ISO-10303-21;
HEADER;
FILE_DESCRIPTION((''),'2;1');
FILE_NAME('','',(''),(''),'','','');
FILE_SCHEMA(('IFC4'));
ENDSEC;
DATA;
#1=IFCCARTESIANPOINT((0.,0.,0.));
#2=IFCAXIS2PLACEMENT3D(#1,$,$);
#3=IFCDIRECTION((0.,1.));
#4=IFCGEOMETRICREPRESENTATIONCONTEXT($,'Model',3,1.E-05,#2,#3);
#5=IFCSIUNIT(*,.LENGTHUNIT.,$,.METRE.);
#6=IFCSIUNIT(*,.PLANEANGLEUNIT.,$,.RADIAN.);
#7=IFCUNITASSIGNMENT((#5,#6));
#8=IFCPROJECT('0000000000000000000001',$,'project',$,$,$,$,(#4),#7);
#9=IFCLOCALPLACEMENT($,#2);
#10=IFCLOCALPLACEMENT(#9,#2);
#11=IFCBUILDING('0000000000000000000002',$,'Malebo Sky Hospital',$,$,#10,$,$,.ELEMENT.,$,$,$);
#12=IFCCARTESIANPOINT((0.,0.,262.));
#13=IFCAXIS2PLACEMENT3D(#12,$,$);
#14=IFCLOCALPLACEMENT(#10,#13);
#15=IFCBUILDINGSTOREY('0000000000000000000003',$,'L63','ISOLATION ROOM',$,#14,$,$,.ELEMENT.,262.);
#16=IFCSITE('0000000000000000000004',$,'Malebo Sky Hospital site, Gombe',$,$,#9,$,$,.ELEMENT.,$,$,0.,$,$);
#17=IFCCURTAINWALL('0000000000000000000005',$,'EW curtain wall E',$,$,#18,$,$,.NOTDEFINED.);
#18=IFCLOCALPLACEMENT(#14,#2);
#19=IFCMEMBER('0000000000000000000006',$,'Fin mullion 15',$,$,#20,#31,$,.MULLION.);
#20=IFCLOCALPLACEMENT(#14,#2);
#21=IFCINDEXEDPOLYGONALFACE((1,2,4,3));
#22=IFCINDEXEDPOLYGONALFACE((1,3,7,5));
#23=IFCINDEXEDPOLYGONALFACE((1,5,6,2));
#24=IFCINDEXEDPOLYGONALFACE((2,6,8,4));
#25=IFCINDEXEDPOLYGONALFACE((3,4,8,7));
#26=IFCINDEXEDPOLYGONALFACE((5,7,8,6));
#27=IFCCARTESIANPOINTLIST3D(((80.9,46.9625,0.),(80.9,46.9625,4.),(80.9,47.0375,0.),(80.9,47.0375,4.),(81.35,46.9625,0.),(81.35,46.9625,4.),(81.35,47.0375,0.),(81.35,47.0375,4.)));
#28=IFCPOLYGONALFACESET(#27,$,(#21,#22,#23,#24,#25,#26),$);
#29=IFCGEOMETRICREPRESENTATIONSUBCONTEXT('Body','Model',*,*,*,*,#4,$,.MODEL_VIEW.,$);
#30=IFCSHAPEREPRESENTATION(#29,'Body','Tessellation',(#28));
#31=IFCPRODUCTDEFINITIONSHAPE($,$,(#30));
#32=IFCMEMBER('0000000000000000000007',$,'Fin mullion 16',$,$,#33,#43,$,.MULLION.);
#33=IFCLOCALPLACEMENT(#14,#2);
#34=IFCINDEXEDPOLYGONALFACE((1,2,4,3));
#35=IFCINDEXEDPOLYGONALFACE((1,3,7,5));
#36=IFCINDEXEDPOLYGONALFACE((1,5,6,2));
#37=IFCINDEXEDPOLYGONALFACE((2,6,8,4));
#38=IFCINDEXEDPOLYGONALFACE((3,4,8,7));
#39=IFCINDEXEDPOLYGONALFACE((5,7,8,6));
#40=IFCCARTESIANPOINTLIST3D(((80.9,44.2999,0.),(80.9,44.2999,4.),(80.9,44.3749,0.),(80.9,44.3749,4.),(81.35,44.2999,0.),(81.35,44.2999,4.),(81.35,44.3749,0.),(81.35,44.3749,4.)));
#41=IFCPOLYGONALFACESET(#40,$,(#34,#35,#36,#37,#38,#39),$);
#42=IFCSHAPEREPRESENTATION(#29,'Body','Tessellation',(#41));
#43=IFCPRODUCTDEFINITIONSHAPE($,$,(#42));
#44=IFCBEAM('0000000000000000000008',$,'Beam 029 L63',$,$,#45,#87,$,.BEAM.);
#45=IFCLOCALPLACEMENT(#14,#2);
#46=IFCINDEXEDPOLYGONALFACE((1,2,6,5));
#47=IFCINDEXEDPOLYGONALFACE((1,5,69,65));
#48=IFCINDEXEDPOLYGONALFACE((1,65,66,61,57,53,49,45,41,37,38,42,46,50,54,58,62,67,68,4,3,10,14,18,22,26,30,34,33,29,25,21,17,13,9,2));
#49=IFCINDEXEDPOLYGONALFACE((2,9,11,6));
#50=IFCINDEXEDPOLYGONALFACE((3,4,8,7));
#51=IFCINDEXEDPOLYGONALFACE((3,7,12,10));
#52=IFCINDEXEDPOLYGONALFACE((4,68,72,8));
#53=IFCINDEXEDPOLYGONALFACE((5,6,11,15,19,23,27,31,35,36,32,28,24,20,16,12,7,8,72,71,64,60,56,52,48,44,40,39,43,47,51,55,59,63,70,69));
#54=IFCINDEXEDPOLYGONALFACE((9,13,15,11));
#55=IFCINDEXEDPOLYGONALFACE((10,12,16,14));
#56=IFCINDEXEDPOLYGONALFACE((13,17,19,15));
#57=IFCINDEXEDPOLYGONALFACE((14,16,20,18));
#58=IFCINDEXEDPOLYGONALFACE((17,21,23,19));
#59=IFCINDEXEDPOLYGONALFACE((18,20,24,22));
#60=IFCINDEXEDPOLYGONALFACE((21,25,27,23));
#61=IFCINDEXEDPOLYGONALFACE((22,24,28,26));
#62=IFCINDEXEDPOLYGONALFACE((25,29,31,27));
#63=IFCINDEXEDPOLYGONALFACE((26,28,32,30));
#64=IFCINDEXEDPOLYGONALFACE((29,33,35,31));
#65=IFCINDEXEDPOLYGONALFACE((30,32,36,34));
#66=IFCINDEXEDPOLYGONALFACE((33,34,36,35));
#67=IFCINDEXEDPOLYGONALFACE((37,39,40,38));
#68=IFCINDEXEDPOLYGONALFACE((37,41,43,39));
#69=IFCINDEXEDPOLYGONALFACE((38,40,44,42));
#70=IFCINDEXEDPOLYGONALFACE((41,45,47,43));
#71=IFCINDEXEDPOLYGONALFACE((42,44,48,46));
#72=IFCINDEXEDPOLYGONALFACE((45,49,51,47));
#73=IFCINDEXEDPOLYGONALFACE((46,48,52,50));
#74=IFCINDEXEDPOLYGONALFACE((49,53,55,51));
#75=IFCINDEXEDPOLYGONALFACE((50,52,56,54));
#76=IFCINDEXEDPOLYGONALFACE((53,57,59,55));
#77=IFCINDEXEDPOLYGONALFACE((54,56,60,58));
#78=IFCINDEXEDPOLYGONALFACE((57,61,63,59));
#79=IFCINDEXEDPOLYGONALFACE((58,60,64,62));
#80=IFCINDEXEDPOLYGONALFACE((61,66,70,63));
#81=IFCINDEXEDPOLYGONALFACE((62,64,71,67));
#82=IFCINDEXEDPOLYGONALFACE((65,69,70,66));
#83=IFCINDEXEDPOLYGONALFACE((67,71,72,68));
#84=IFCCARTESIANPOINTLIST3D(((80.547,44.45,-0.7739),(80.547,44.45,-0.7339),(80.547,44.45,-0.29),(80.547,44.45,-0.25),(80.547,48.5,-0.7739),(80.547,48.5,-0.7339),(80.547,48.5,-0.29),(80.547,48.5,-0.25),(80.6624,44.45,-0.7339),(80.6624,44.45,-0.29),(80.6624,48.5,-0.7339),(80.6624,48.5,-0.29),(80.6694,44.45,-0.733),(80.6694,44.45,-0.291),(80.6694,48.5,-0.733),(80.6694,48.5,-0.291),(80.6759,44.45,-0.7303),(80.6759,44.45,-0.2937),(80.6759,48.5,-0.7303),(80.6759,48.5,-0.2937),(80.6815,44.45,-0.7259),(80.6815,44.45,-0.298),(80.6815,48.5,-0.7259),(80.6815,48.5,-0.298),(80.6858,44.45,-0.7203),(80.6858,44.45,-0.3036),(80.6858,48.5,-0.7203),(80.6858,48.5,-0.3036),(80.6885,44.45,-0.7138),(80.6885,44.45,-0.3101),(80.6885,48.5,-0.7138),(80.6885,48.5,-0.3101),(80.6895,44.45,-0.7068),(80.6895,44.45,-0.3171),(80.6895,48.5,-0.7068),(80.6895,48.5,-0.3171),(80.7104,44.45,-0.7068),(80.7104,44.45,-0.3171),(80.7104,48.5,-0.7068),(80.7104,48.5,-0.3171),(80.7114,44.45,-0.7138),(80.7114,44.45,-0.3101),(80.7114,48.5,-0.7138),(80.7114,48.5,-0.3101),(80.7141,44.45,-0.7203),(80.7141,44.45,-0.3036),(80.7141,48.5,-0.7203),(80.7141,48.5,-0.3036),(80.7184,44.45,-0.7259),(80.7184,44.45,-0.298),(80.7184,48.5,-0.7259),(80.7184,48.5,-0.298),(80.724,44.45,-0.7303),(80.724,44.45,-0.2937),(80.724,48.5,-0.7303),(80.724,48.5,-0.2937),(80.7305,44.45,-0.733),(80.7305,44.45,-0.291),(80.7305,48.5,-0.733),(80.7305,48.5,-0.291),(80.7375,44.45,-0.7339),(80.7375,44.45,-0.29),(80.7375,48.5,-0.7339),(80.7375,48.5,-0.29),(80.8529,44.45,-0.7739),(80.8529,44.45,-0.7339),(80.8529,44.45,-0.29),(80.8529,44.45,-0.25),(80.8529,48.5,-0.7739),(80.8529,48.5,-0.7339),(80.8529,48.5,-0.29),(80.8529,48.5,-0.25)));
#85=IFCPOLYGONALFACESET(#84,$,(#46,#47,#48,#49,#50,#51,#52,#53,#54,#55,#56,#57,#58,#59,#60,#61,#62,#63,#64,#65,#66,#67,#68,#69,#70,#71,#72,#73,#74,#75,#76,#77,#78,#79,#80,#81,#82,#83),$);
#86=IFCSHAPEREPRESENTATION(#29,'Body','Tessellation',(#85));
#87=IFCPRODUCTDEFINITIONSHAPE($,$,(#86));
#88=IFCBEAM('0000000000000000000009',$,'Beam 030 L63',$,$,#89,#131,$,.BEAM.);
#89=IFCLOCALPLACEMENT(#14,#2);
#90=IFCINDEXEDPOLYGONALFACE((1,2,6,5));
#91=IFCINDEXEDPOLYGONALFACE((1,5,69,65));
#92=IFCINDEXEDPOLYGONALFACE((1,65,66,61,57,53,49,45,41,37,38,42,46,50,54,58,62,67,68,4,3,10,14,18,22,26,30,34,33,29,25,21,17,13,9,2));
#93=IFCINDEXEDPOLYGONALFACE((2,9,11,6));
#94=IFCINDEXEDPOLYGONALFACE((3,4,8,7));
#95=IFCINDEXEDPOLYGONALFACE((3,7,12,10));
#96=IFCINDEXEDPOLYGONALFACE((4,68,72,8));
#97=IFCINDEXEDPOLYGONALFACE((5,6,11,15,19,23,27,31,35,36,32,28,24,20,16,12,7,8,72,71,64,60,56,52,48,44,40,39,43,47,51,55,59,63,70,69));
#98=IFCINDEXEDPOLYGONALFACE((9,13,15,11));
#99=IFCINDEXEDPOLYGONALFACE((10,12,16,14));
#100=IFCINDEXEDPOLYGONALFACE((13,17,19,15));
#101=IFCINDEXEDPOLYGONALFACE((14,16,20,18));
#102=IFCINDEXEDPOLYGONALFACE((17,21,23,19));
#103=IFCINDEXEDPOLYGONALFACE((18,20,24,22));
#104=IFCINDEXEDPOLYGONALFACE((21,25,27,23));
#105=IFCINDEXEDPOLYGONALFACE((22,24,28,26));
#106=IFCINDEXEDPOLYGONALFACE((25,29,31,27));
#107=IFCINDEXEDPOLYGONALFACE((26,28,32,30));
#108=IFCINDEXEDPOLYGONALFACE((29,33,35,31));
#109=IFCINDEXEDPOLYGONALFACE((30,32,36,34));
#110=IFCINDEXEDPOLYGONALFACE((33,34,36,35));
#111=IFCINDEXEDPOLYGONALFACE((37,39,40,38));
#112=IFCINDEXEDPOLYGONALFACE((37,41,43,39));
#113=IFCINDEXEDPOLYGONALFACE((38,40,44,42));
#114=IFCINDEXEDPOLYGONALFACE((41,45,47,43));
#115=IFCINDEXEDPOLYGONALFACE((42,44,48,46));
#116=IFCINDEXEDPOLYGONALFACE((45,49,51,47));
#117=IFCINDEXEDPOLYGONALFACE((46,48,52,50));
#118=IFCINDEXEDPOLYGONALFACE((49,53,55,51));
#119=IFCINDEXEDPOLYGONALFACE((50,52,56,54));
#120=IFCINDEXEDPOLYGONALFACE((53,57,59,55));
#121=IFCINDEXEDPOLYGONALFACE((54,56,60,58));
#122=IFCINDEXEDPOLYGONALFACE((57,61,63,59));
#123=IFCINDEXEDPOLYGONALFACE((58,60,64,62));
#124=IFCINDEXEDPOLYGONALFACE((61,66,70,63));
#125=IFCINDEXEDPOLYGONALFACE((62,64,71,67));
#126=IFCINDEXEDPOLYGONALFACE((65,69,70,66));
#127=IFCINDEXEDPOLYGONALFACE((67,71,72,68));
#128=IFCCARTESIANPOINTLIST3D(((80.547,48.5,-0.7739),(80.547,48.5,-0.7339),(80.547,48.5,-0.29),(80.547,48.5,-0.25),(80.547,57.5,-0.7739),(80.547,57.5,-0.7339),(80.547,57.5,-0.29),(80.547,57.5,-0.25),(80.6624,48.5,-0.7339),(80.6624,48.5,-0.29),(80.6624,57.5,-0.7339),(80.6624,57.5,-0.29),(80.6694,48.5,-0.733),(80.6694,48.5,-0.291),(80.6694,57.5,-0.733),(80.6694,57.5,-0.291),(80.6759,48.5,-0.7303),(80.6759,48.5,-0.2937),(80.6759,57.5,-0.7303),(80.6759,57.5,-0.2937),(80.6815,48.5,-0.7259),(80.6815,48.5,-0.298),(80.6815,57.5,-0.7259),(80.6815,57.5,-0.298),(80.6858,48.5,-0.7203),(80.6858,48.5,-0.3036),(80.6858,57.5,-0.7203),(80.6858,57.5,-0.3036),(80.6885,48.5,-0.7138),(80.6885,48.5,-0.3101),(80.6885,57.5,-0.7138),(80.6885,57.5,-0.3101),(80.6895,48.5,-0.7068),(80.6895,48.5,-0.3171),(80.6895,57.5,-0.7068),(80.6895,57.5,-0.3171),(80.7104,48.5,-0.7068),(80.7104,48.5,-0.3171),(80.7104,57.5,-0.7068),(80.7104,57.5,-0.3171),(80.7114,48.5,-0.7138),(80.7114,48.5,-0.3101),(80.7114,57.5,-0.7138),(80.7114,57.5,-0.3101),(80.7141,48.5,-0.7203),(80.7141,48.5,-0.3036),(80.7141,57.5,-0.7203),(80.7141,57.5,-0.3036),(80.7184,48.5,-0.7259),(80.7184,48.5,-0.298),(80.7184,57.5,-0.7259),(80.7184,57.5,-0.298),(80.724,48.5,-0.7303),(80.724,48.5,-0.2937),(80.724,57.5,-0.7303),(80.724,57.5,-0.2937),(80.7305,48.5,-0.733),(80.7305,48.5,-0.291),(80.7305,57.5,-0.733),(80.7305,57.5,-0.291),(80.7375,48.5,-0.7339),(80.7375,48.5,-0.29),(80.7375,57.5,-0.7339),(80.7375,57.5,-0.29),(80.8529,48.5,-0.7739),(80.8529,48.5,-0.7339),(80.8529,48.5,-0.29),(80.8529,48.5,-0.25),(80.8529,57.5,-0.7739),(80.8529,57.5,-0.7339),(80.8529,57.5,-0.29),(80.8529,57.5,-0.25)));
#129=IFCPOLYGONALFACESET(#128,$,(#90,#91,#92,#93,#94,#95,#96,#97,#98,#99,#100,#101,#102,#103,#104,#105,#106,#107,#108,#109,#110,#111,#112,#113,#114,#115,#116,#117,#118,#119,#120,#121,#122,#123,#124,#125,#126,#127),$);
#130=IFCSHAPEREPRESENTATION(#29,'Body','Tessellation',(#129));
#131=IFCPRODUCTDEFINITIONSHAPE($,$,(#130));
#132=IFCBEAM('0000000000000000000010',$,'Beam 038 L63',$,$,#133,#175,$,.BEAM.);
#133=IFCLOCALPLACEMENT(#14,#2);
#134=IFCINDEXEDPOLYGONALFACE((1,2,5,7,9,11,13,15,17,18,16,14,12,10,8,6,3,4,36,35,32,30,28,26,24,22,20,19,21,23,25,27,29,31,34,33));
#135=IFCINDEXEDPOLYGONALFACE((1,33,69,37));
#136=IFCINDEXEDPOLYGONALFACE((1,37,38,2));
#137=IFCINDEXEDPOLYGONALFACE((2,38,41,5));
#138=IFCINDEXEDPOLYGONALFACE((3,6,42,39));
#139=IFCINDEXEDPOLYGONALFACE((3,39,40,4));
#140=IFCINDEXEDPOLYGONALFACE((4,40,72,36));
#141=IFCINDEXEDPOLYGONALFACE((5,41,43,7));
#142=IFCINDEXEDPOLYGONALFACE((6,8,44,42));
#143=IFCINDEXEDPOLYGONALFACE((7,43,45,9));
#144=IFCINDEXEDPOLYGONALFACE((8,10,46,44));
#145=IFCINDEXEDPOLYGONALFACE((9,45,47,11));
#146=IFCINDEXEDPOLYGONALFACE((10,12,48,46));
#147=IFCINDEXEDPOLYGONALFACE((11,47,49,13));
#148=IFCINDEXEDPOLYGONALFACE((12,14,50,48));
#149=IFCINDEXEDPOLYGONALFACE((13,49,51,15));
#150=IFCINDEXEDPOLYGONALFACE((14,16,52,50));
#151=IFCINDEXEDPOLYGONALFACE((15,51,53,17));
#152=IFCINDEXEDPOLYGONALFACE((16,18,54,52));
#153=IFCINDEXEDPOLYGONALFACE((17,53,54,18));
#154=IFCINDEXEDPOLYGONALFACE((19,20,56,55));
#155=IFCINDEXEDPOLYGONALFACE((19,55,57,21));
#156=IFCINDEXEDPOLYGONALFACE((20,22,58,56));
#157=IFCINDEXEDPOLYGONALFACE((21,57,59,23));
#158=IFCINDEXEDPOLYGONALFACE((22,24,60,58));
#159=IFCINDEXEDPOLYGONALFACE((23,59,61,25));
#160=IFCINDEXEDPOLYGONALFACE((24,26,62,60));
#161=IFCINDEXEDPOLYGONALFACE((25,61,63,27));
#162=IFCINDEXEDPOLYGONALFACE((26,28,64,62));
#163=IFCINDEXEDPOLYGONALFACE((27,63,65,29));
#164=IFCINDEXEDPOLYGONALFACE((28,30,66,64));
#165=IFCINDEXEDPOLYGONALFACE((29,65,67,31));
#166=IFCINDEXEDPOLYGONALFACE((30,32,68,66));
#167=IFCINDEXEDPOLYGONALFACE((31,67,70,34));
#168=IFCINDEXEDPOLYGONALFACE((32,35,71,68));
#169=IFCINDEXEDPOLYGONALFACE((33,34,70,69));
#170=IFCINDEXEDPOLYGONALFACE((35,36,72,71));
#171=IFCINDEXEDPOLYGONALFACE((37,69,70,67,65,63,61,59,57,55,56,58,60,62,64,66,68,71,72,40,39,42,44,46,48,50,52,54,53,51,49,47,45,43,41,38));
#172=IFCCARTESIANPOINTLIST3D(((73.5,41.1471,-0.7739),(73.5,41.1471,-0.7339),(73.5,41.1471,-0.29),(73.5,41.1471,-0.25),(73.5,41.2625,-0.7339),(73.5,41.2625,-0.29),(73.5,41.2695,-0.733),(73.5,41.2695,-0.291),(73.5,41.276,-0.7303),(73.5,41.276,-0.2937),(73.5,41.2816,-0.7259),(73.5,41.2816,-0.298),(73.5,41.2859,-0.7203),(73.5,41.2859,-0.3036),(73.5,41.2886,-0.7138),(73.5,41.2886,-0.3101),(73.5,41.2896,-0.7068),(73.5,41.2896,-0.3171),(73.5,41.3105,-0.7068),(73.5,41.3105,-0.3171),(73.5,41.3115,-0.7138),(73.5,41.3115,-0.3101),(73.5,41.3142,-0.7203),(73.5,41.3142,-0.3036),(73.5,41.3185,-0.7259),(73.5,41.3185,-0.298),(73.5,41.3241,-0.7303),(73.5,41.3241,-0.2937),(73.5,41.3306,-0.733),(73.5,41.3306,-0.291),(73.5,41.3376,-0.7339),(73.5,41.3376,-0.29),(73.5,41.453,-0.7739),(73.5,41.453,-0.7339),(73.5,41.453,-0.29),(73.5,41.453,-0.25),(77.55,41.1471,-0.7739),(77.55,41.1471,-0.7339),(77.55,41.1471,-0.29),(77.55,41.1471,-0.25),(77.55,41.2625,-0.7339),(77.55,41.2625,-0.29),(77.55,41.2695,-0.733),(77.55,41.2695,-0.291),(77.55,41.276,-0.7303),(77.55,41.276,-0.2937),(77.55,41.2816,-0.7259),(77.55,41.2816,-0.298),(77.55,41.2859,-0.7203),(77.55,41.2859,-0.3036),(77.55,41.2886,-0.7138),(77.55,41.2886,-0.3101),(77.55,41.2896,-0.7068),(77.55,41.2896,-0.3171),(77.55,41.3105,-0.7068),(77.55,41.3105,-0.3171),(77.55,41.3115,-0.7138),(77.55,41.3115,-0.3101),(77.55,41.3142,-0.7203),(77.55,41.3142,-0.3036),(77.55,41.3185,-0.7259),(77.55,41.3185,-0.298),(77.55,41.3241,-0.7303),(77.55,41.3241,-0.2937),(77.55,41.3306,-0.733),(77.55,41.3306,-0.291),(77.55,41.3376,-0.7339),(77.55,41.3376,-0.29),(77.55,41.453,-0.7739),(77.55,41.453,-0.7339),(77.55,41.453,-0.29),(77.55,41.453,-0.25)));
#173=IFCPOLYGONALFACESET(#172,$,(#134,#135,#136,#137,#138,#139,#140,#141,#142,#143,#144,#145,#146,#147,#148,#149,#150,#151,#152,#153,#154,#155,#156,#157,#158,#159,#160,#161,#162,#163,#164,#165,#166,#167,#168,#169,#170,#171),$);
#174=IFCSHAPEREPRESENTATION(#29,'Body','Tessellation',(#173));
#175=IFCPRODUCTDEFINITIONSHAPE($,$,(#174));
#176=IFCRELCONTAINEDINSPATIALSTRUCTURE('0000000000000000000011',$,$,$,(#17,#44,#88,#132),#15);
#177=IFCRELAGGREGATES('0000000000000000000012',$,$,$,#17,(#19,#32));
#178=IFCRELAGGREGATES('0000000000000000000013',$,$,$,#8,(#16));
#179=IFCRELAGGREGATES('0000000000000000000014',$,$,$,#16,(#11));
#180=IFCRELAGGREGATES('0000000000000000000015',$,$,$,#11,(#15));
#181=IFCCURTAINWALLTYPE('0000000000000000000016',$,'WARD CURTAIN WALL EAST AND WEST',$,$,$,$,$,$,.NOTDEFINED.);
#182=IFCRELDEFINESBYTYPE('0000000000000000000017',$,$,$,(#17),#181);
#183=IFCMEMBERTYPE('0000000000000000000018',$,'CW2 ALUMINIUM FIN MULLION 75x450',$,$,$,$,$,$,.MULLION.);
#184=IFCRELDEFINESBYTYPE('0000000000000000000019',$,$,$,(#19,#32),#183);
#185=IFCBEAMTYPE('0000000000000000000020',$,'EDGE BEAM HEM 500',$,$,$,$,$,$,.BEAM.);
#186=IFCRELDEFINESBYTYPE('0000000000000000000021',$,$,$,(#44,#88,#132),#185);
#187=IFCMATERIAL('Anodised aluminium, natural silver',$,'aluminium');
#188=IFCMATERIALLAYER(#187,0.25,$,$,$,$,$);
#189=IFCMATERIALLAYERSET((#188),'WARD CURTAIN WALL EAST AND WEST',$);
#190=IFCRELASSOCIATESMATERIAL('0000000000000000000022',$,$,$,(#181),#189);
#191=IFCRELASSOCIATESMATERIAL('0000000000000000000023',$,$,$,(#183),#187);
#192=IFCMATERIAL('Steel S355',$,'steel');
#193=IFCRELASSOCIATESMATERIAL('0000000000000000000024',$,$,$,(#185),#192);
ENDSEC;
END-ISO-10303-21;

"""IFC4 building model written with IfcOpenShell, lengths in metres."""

from ifc_helpers import new_model, si_unit, direction, frame, origin, origin_2d, place, context, subcontext, project, spatial, rectangle, i_section, extrude, material, layer, layer_set, material_profile, profile_set, type_object, element, aggregate, save


model = new_model("IFC4")

# Units and contexts
model_context = context("Model", 3, precision=1e-05, world=origin(), true_north=direction((0.0, 1.0)))
body_context = subcontext(model_context, "Body", "Model", "MODEL_VIEW")
ifc_project = project(units=[si_unit("LENGTHUNIT", "METRE"), si_unit("PLANEANGLEUNIT", "RADIAN")], contexts=[model_context])

# Site, building, storey
site_placement = place(None, origin())
site = spatial("IfcSite", under=ifc_project, at=site_placement, Name="Malebo Sky Hospital site, Gombe", CompositionType="ELEMENT", RefElevation=0.0)
building_placement = place(site_placement, origin())
building = spatial("IfcBuilding", under=site, at=building_placement, Name="Malebo Sky Hospital", CompositionType="ELEMENT")
storey_placement = place(building_placement, frame((0.0, 0.0, 262.0)))
storey = spatial("IfcBuildingStorey", under=building, at=storey_placement, Name="L63", Description="ISOLATION ROOM", CompositionType="ELEMENT", Elevation=262.0)

# Curtain wall
ifc_material_1 = material(Name="Anodised aluminium, natural silver", Category="aluminium")
ifc_layer_1 = layer(ifc_material_1, 0.25)
ifc_layer_set_1 = layer_set([ifc_layer_1], Name="WARD CURTAIN WALL EAST AND WEST")
curtain_wall_type_1 = type_object("IfcCurtainWallType", Name="WARD CURTAIN WALL EAST AND WEST", PredefinedType="NOTDEFINED", material=ifc_layer_set_1)
curtain_wall_1_placement = place(storey_placement, origin())
curtain_wall_1 = element("IfcCurtainWall", 1, at=curtain_wall_1_placement, inside=storey, type_object=curtain_wall_type_1, Name="EW curtain wall E", PredefinedType="NOTDEFINED")

# Members
ifc_material_profile_1 = material_profile(ifc_material_1, rectangle(XDim=0.075, YDim=0.45, at=origin_2d()), Name="CW2 ALUMINIUM FIN MULLION 75x450")
ifc_profile_set_1 = profile_set([ifc_material_profile_1], Name="Anodised aluminium, natural silver")
member_type_1 = type_object("IfcMemberType", Name="CW2 ALUMINIUM FIN MULLION 75x450", PredefinedType="MULLION", material=ifc_profile_set_1)
member_1_placement = place(storey_placement, frame((81.125, 47.0, 0.0), z_axis=(0.0, 0.0, 1.0), x_axis=(0.0, -1.0, 0.0)))
member_1 = element("IfcMember", 2, at=member_1_placement, type_object=member_type_1, Name="Fin mullion 15", PredefinedType="MULLION", context=body_context, shape_type="SweptSolid", body=[
    extrude(rectangle(XDim=0.075, YDim=0.45, at=origin_2d()), origin(), (0.0, 0.0, 1.0), 4.0),
])
member_2_placement = place(storey_placement, frame((81.125, 44.3374, 0.0), z_axis=(0.0, 0.0, 1.0), x_axis=(0.0, -1.0, 0.0)))
member_2 = element("IfcMember", 3, at=member_2_placement, type_object=member_type_1, Name="Fin mullion 16", PredefinedType="MULLION", context=body_context, shape_type="SweptSolid", body=[
    extrude(rectangle(XDim=0.075, YDim=0.45, at=origin_2d()), origin(), (0.0, 0.0, 1.0), 4.0),
])

# Beams
ifc_material_2 = material(Name="Steel S355", Category="steel")
ifc_material_profile_2 = material_profile(ifc_material_2, i_section(OverallWidth=0.3059, OverallDepth=0.5239, WebThickness=0.021, FlangeThickness=0.04, FilletRadius=0.0271, at=origin_2d()), Name="HEM 500")
ifc_profile_set_2 = profile_set([ifc_material_profile_2], Name="Steel S355")
beam_type_1 = type_object("IfcBeamType", Name="EDGE BEAM HEM 500", PredefinedType="BEAM", material=ifc_profile_set_2)
beam_1_placement = place(storey_placement, frame((80.7, 44.45, -0.512), z_axis=(0.0, 1.0, 0.0), x_axis=(-1.0, 0.0, 0.0)))
element("IfcBeam", 4, at=beam_1_placement, inside=storey, type_object=beam_type_1, Name="Beam 029 L63", PredefinedType="BEAM", context=body_context, shape_type="SweptSolid", body=[
    extrude(i_section(OverallWidth=0.3059, OverallDepth=0.5239, WebThickness=0.021, FlangeThickness=0.04, FilletRadius=0.0271, at=origin_2d()), origin(), (0.0, 0.0, 1.0), 4.05),
])
beam_2_placement = place(storey_placement, frame((80.7, 48.5, -0.512), z_axis=(0.0, 1.0, 0.0), x_axis=(-1.0, 0.0, 0.0)))
element("IfcBeam", 5, at=beam_2_placement, inside=storey, type_object=beam_type_1, Name="Beam 030 L63", PredefinedType="BEAM", context=body_context, shape_type="SweptSolid", body=[
    extrude(i_section(OverallWidth=0.3059, OverallDepth=0.5239, WebThickness=0.021, FlangeThickness=0.04, FilletRadius=0.0271, at=origin_2d()), origin(), (0.0, 0.0, 1.0), 9.0),
])
beam_3_placement = place(storey_placement, frame((73.5, 41.3, -0.512), z_axis=(1.0, 0.0, 0.0), x_axis=(0.0, 1.0, 0.0)))
element("IfcBeam", 6, at=beam_3_placement, inside=storey, type_object=beam_type_1, Name="Beam 038 L63", PredefinedType="BEAM", context=body_context, shape_type="SweptSolid", body=[
    extrude(i_section(OverallWidth=0.3059, OverallDepth=0.5239, WebThickness=0.021, FlangeThickness=0.04, FilletRadius=0.0271, at=origin_2d()), origin(), (0.0, 0.0, 1.0), 4.05),
])

aggregate(curtain_wall_1, [member_1, member_2])

save(model, "model.ifc")
